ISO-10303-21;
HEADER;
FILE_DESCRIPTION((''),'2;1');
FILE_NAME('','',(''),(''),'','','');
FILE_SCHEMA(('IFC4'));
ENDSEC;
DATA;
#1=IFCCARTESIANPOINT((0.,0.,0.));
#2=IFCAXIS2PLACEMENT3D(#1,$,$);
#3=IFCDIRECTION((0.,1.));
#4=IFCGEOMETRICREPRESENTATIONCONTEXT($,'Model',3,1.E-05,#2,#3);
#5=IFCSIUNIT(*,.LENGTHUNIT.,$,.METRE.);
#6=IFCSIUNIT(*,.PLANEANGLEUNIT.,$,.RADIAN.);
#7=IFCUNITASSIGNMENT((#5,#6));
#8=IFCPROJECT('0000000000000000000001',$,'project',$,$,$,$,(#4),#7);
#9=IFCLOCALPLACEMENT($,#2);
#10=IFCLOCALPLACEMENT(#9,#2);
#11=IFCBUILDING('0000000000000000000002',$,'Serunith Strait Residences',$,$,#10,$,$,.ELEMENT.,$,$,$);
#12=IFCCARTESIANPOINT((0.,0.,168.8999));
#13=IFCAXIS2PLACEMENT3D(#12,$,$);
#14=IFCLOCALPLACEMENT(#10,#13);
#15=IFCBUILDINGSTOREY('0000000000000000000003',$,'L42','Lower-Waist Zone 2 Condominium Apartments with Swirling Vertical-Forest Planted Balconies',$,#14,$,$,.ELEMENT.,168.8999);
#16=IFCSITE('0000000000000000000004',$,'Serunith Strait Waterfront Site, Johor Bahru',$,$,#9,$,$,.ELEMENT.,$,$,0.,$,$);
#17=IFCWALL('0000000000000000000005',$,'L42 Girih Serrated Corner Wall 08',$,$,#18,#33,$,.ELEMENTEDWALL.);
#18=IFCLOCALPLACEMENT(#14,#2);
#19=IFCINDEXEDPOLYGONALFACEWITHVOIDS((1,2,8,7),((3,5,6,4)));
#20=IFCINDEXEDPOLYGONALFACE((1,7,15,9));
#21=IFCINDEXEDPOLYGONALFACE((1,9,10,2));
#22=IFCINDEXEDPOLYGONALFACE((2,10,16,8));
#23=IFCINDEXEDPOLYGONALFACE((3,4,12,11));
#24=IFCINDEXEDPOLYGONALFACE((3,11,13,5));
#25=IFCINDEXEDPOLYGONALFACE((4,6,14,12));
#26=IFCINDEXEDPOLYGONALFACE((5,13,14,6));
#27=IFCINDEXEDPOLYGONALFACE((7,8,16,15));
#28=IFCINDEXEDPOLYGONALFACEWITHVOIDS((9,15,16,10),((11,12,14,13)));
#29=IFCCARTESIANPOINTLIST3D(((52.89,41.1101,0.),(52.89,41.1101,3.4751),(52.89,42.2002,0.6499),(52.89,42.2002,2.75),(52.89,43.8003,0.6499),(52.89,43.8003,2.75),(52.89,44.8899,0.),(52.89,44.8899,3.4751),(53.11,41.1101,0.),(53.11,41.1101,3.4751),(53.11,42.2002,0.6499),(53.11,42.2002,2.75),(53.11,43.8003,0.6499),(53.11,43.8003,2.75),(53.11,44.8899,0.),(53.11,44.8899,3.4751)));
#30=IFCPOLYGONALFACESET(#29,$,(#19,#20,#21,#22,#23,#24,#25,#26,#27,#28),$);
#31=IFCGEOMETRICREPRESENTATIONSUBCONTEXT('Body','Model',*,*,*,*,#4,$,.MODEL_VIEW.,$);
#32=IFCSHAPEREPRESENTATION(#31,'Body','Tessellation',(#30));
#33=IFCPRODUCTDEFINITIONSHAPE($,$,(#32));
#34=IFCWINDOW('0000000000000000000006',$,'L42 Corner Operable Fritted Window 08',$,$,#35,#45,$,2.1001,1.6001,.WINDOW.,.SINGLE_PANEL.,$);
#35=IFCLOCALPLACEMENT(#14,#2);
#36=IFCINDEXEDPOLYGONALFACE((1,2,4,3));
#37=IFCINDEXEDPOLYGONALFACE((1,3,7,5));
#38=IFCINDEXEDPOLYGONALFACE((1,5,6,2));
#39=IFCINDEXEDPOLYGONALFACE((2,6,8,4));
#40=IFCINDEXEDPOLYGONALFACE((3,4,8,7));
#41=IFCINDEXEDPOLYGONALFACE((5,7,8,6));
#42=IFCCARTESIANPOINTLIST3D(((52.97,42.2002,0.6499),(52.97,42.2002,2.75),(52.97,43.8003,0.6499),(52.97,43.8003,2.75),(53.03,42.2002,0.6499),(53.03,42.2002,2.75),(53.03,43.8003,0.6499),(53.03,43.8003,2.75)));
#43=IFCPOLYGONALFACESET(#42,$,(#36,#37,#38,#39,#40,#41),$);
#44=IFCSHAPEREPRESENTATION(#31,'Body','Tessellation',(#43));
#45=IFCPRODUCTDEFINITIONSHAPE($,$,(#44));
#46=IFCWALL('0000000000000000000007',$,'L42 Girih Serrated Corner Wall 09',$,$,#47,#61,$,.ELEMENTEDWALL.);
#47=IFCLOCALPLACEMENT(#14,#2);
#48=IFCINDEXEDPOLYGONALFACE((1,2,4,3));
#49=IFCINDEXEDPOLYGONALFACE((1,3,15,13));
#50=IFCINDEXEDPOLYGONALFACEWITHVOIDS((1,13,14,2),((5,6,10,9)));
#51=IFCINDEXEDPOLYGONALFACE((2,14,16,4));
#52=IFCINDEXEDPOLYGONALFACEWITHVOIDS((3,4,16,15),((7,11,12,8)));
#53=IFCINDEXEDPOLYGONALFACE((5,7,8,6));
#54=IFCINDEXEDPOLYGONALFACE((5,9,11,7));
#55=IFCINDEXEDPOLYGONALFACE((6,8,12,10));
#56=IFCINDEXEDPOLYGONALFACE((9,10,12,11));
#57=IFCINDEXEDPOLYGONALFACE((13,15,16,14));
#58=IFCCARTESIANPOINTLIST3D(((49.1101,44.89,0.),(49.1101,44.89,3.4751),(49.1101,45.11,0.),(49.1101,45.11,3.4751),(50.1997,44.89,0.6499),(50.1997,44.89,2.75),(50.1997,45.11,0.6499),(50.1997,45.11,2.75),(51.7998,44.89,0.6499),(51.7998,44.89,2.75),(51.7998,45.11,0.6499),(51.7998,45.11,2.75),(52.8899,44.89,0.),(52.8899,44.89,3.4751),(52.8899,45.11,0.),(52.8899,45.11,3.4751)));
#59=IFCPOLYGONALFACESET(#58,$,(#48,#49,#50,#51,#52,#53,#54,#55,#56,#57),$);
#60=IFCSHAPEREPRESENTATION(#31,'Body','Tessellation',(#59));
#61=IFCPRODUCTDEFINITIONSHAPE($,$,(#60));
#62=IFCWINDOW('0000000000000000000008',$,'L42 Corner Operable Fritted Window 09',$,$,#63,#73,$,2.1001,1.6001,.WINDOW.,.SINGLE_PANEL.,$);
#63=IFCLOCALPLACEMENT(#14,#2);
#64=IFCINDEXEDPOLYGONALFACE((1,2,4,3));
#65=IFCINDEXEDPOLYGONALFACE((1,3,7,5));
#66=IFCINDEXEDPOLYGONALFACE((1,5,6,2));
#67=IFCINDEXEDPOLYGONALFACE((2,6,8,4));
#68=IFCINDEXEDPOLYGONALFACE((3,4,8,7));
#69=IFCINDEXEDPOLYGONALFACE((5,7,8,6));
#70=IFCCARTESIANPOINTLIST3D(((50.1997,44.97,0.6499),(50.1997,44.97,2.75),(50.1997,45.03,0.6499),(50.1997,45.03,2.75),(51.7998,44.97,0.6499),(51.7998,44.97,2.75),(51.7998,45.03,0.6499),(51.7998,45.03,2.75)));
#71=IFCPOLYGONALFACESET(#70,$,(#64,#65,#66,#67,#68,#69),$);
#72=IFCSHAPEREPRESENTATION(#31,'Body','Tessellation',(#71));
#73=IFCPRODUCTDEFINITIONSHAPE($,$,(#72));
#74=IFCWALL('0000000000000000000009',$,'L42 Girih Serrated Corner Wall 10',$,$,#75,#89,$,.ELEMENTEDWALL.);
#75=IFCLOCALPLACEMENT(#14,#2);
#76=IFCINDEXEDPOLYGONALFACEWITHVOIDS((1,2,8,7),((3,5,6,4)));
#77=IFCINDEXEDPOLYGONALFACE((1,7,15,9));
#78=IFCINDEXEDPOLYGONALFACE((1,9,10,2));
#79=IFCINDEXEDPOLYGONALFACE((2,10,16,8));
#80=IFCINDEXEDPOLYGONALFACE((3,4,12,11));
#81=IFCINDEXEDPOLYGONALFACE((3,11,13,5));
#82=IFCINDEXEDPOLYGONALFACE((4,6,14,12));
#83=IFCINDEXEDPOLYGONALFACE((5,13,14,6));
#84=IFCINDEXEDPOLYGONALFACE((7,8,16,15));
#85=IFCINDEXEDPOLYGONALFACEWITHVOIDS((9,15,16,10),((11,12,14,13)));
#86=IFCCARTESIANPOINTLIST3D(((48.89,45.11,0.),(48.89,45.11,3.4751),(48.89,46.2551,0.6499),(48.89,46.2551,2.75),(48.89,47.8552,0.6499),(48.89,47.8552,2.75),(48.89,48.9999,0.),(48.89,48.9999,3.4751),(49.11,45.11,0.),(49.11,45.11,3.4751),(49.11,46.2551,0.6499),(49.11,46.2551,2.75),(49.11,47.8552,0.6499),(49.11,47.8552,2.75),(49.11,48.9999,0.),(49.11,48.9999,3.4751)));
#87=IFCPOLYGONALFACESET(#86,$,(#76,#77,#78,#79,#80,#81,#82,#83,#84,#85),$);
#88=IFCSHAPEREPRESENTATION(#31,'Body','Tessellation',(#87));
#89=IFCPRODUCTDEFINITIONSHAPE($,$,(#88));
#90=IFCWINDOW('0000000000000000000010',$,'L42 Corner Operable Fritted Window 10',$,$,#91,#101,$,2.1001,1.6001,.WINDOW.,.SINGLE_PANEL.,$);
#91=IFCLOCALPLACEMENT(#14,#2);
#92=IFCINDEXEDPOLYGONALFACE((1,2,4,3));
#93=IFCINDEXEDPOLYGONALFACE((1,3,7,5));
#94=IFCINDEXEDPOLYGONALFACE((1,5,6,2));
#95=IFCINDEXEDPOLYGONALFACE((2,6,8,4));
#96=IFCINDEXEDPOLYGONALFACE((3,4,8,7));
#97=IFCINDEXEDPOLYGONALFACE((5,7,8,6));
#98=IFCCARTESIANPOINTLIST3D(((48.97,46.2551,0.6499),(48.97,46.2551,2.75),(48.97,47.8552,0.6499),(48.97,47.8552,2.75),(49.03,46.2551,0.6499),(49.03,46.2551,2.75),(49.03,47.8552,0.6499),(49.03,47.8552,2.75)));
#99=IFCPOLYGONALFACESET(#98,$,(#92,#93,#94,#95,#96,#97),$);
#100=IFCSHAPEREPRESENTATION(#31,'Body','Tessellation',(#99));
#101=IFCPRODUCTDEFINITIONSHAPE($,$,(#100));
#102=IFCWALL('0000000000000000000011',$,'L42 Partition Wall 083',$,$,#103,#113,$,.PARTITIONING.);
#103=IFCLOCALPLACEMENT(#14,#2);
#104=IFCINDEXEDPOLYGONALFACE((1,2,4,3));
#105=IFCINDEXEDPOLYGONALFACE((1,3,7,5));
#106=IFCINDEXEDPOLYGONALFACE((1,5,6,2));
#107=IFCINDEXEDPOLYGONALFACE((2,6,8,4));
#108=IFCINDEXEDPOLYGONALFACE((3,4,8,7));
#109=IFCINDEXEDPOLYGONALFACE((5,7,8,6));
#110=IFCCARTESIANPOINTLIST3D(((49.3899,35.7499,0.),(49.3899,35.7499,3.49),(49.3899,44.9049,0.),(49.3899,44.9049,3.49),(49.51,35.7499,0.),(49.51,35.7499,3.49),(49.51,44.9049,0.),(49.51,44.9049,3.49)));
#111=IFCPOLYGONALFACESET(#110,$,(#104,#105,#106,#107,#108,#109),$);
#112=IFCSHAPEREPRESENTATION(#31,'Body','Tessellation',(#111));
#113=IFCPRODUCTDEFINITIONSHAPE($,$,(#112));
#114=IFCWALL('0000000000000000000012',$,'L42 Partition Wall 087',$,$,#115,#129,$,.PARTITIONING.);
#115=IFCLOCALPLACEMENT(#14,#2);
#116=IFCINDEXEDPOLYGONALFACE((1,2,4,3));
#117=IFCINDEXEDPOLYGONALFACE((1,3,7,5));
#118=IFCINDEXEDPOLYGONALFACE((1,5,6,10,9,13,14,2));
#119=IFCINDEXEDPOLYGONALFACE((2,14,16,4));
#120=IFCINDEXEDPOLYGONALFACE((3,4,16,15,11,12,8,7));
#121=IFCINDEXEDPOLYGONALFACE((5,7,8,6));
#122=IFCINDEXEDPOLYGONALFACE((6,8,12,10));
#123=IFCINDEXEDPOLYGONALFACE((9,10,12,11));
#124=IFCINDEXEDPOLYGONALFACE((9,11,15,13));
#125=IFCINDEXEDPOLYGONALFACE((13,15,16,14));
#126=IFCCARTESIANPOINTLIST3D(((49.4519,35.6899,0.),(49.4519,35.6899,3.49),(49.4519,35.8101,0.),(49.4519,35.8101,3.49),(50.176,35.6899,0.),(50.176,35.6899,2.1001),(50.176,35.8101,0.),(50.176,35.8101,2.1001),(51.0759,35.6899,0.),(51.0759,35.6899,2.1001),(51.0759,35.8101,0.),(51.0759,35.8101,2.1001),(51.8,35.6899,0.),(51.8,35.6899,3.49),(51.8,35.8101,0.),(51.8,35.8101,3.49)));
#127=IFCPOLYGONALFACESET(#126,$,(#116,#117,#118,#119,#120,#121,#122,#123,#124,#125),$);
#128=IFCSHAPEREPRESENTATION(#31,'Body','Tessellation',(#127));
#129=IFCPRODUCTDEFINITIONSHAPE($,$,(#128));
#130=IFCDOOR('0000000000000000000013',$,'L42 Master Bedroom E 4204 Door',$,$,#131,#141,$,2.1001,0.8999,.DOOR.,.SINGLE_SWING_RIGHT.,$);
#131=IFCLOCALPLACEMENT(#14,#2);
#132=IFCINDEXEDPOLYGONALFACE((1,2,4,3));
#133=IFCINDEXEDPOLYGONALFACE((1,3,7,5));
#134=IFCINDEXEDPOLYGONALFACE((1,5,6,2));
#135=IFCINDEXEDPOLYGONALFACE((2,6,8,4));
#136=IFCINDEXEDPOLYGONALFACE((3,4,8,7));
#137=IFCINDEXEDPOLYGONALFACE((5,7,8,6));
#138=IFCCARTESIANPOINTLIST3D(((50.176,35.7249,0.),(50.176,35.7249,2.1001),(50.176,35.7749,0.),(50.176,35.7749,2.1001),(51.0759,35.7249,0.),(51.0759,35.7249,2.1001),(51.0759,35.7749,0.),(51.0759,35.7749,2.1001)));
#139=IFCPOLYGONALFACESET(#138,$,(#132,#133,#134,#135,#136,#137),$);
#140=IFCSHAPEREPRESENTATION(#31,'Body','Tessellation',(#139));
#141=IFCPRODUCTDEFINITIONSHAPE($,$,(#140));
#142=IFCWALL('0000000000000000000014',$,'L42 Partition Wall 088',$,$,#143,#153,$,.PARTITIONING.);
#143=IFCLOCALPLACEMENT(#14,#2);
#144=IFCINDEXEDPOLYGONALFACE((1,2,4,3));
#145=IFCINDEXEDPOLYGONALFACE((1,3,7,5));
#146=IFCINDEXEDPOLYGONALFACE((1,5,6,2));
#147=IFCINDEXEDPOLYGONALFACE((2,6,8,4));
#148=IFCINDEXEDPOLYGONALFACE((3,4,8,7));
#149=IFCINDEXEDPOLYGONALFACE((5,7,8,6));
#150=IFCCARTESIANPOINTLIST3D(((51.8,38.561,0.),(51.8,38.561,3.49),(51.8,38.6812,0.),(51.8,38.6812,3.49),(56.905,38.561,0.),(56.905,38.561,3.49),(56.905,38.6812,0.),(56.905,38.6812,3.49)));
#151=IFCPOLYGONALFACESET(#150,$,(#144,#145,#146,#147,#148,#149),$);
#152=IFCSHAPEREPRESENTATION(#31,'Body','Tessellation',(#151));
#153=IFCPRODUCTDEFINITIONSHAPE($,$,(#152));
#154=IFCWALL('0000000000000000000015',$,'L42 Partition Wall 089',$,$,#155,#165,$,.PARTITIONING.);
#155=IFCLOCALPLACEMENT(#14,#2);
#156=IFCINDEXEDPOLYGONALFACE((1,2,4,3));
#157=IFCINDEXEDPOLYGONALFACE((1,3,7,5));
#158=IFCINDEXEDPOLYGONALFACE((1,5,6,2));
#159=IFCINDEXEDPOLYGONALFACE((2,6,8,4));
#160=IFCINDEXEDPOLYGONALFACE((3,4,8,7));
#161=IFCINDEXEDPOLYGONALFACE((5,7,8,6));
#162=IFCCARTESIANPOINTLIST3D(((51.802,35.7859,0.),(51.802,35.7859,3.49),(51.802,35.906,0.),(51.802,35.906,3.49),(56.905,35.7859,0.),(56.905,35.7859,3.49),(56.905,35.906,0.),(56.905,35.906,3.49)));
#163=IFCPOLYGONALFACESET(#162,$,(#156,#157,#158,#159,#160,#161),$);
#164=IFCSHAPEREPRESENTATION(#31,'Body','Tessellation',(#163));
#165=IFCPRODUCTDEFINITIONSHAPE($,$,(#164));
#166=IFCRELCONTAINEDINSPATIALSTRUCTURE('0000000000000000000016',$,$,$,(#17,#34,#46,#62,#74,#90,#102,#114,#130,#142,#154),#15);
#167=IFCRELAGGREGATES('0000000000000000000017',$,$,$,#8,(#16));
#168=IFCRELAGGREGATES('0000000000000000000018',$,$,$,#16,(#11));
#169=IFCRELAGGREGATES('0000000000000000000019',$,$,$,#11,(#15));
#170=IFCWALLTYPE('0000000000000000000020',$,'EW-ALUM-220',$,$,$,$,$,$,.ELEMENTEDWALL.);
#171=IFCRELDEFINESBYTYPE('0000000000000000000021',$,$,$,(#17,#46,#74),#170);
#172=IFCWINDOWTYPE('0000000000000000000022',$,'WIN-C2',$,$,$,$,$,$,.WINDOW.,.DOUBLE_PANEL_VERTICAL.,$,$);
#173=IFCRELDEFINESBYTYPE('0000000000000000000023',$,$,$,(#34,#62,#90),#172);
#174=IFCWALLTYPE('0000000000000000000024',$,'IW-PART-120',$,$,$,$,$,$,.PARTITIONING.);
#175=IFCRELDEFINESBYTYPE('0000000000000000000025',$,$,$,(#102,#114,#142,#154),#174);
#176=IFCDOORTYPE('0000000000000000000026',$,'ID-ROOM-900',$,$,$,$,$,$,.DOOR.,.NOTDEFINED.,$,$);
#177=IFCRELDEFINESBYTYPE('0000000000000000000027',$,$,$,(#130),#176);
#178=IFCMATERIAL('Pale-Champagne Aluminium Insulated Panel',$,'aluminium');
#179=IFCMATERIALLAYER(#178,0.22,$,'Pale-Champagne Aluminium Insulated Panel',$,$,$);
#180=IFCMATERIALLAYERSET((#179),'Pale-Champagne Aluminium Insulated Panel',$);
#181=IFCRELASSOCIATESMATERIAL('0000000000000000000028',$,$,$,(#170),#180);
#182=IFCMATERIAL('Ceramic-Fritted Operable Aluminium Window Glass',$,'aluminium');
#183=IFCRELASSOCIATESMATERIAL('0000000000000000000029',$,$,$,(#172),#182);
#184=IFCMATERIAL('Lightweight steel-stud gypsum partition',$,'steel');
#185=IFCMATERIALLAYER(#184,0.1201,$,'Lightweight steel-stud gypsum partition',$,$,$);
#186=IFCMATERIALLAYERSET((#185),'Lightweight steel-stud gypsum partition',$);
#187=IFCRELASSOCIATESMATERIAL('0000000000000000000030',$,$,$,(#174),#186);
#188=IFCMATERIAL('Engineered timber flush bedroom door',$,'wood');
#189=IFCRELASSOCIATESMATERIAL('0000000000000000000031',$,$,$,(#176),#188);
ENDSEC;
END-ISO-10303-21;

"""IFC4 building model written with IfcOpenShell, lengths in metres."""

from ifc_helpers import new_model, si_unit, direction, frame, frame_2d, origin, place, context, subcontext, project, spatial, rectangle, extrude, source, transform, mapped, material, layer, layer_set, type_object, element, fill, save


model = new_model("IFC4")

# Units and contexts
model_context = context("Model", 3, precision=1e-05, world=origin(), true_north=direction((0.0, 1.0)))
body_context = subcontext(model_context, "Body", "Model", "MODEL_VIEW")
ifc_project = project(units=[si_unit("LENGTHUNIT", "METRE"), si_unit("PLANEANGLEUNIT", "RADIAN")], contexts=[model_context])

# Site, building, storey
site_placement = place(None, origin())
site = spatial("IfcSite", under=ifc_project, at=site_placement, Name="Serunith Strait Waterfront Site, Johor Bahru", CompositionType="ELEMENT", RefElevation=0.0)
building_placement = place(site_placement, origin())
building = spatial("IfcBuilding", under=site, at=building_placement, Name="Serunith Strait Residences", CompositionType="ELEMENT")
storey_placement = place(building_placement, frame((0.0, 0.0, 168.8999)))
storey = spatial("IfcBuildingStorey", under=building, at=storey_placement, Name="L42", Description="Lower-Waist Zone 2 Condominium Apartments with Swirling Vertical-Forest Planted Balconies", CompositionType="ELEMENT", Elevation=168.8999)

# Walls, openings, windows
ifc_material_1 = material(Name="Pale-Champagne Aluminium Insulated Panel", Category="aluminium")
ifc_layer_1 = layer(ifc_material_1, 0.22, Name="Pale-Champagne Aluminium Insulated Panel")
ifc_layer_set_1 = layer_set([ifc_layer_1], Name="Pale-Champagne Aluminium Insulated Panel")
wall_type_1 = type_object("IfcWallType", Name="EW-ALUM-220", PredefinedType="ELEMENTEDWALL", material=ifc_layer_set_1)
ifc_material_2 = material(Name="Ceramic-Fritted Operable Aluminium Window Glass", Category="aluminium")
window_type = type_object("IfcWindowType", Name="WIN-C2", PartitioningType="DOUBLE_PANEL_VERTICAL", PredefinedType="WINDOW", material=ifc_material_2)
shared_shape_1 = source(origin(), body_context, "Body", "SweptSolid", [
    extrude(rectangle(XDim=1.6001, YDim=2.1001, at=frame_2d((0.8, 1.05))), frame((0.0, 0.03, 0.0), z_axis=(0.0, -1.0, 0.0), x_axis=(1.0, 0.0, 0.0)), (0.0, 0.0, 1.0), 0.0601),
])
wall_1_placement = place(storey_placement, frame((53.0, 41.1101, 0.0), z_axis=(0.0, 0.0, 1.0), x_axis=(0.0, 1.0, 0.0)))
wall_1 = element("IfcWall", 1, at=wall_1_placement, inside=storey, type_object=wall_type_1, Name="L42 Girih Serrated Corner Wall 08", PredefinedType="ELEMENTEDWALL", context=body_context, shape_type="SweptSolid", body=[
    extrude(rectangle(XDim=3.7798, YDim=0.22, at=frame_2d((1.8899, 0.0))), origin(), (0.0, 0.0, 1.0), 3.4751),
])
opening_1_placement = place(wall_1_placement, frame((1.0901, 0.0, 0.6499)))
opening_1 = element("IfcOpeningElement", 2, at=opening_1_placement, cuts=wall_1, PredefinedType="OPENING", context=body_context, shape_type="SweptSolid", body=[
    extrude(rectangle(XDim=1.6001, YDim=2.1001, at=frame_2d((0.8, 1.05))), frame((0.0, 0.1201, 0.0), z_axis=(0.0, -1.0, 0.0), x_axis=(1.0, 0.0, 0.0)), (0.0, 0.0, 1.0), 0.24),
])
window_1_placement = place(opening_1_placement, origin())
window_1 = element("IfcWindow", 3, at=window_1_placement, inside=storey, type_object=window_type, Name="L42 Corner Operable Fritted Window 08", OverallHeight=2.1001, OverallWidth=1.6001, PartitioningType="SINGLE_PANEL", PredefinedType="WINDOW", context=body_context, shape_type="MappedRepresentation", body=[
    mapped(shared_shape_1, transform((0.0, 0.0, 0.0), scale=1.0)),
])
fill(opening_1, window_1)
wall_2_placement = place(storey_placement, frame((52.8899, 45.0, 0.0), z_axis=(0.0, 0.0, 1.0), x_axis=(-1.0, 0.0, 0.0)))
wall_2 = element("IfcWall", 4, at=wall_2_placement, inside=storey, type_object=wall_type_1, Name="L42 Girih Serrated Corner Wall 09", PredefinedType="ELEMENTEDWALL", context=body_context, shape_type="SweptSolid", body=[
    extrude(rectangle(XDim=3.7798, YDim=0.22, at=frame_2d((1.8899, 0.0))), origin(), (0.0, 0.0, 1.0), 3.4751),
])
opening_2_placement = place(wall_2_placement, frame((1.0901, 0.0, 0.6499)))
opening_2 = element("IfcOpeningElement", 5, at=opening_2_placement, cuts=wall_2, PredefinedType="OPENING", context=body_context, shape_type="SweptSolid", body=[
    extrude(rectangle(XDim=1.6001, YDim=2.1001, at=frame_2d((0.8, 1.05))), frame((0.0, 0.1201, 0.0), z_axis=(0.0, -1.0, 0.0), x_axis=(1.0, 0.0, 0.0)), (0.0, 0.0, 1.0), 0.24),
])
window_2_placement = place(opening_2_placement, origin())
window_2 = element("IfcWindow", 6, at=window_2_placement, inside=storey, type_object=window_type, Name="L42 Corner Operable Fritted Window 09", OverallHeight=2.1001, OverallWidth=1.6001, PartitioningType="SINGLE_PANEL", PredefinedType="WINDOW", context=body_context, shape_type="MappedRepresentation", body=[
    mapped(shared_shape_1, transform((0.0, 0.0, 0.0), scale=1.0)),
])
fill(opening_2, window_2)
wall_3_placement = place(storey_placement, frame((49.0, 45.1101, 0.0), z_axis=(0.0, 0.0, 1.0), x_axis=(0.0, 1.0, 0.0)))
wall_3 = element("IfcWall", 7, at=wall_3_placement, inside=storey, type_object=wall_type_1, Name="L42 Girih Serrated Corner Wall 10", PredefinedType="ELEMENTEDWALL", context=body_context, shape_type="SweptSolid", body=[
    extrude(rectangle(XDim=3.8899, YDim=0.22, at=frame_2d((1.9448, 0.0))), origin(), (0.0, 0.0, 1.0), 3.4751),
])
opening_3_placement = place(wall_3_placement, frame((1.145, 0.0, 0.6499)))
opening_3 = element("IfcOpeningElement", 8, at=opening_3_placement, cuts=wall_3, PredefinedType="OPENING", context=body_context, shape_type="SweptSolid", body=[
    extrude(rectangle(XDim=1.6001, YDim=2.1001, at=frame_2d((0.8, 1.05))), frame((0.0, 0.1201, 0.0), z_axis=(0.0, -1.0, 0.0), x_axis=(1.0, 0.0, 0.0)), (0.0, 0.0, 1.0), 0.24),
])
window_3_placement = place(opening_3_placement, origin())
window_3 = element("IfcWindow", 9, at=window_3_placement, inside=storey, type_object=window_type, Name="L42 Corner Operable Fritted Window 10", OverallHeight=2.1001, OverallWidth=1.6001, PartitioningType="SINGLE_PANEL", PredefinedType="WINDOW", context=body_context, shape_type="MappedRepresentation", body=[
    mapped(shared_shape_1, transform((0.0, 0.0, 0.0), scale=1.0)),
])
fill(opening_3, window_3)

# Wall
ifc_material_3 = material(Name="Lightweight steel-stud gypsum partition", Category="steel")
ifc_layer_2 = layer(ifc_material_3, 0.1201, Name="Lightweight steel-stud gypsum partition")
ifc_layer_set_2 = layer_set([ifc_layer_2], Name="Lightweight steel-stud gypsum partition")
wall_type_2 = type_object("IfcWallType", Name="IW-PART-120", PredefinedType="PARTITIONING", material=ifc_layer_set_2)
wall_4_placement = place(storey_placement, frame((49.45, 44.905, 0.0), z_axis=(0.0, 0.0, 1.0), x_axis=(0.0, -1.0, 0.0)))
element("IfcWall", 10, at=wall_4_placement, inside=storey, type_object=wall_type_2, Name="L42 Partition Wall 083", PredefinedType="PARTITIONING", context=body_context, shape_type="SweptSolid", body=[
    extrude(rectangle(XDim=9.155, YDim=0.1201, at=frame_2d((4.5776, 0.0))), origin(), (0.0, 0.0, 1.0), 3.49),
])

# Wall, opening, door
wall_5_placement = place(storey_placement, frame((49.4519, 35.75, 0.0), z_axis=(0.0, 0.0, 1.0), x_axis=(1.0, 0.0, 0.0)))
wall_5 = element("IfcWall", 11, at=wall_5_placement, inside=storey, type_object=wall_type_2, Name="L42 Partition Wall 087", PredefinedType="PARTITIONING", context=body_context, shape_type="SweptSolid", body=[
    extrude(rectangle(XDim=2.3481, YDim=0.1201, at=frame_2d((1.1741, 0.0))), origin(), (0.0, 0.0, 1.0), 3.49),
])
opening_4_placement = place(wall_5_placement, frame((0.7241, 0.0, 0.0)))
opening_4 = element("IfcOpeningElement", 12, at=opening_4_placement, cuts=wall_5, PredefinedType="OPENING", context=body_context, shape_type="SweptSolid", body=[
    extrude(rectangle(XDim=0.8999, YDim=2.1001, at=frame_2d((0.45, 1.05))), frame((0.0, 0.0701, 0.0), z_axis=(0.0, -1.0, 0.0), x_axis=(1.0, 0.0, 0.0)), (0.0, 0.0, 1.0), 0.1401),
])
ifc_material_4 = material(Name="Engineered timber flush bedroom door", Category="wood")
door_type_1 = type_object("IfcDoorType", Name="ID-ROOM-900", OperationType="NOTDEFINED", PredefinedType="DOOR", material=ifc_material_4)
shared_shape_2 = source(origin(), body_context, "Body", "SweptSolid", [
    extrude(rectangle(XDim=0.8999, YDim=2.1001, at=frame_2d((0.45, 1.05))), frame((0.0, 0.0249, 0.0), z_axis=(0.0, -1.0, 0.0), x_axis=(1.0, 0.0, 0.0)), (0.0, 0.0, 1.0), 0.05),
])
door_1_placement = place(opening_4_placement, origin())
door_1 = element("IfcDoor", 13, at=door_1_placement, inside=storey, type_object=door_type_1, Name="L42 Master Bedroom E 4204 Door", OperationType="SINGLE_SWING_RIGHT", OverallHeight=2.1001, OverallWidth=0.8999, PredefinedType="DOOR", context=body_context, shape_type="MappedRepresentation", body=[
    mapped(shared_shape_2, transform((0.0, 0.0, 0.0), scale=1.0)),
])
fill(opening_4, door_1)

# Walls
wall_6_placement = place(storey_placement, frame((51.8, 38.6211, 0.0), z_axis=(0.0, 0.0, 1.0), x_axis=(1.0, 0.0, 0.0)))
element("IfcWall", 14, at=wall_6_placement, inside=storey, type_object=wall_type_2, Name="L42 Partition Wall 088", PredefinedType="PARTITIONING", context=body_context, shape_type="SweptSolid", body=[
    extrude(rectangle(XDim=5.105, YDim=0.1201, at=frame_2d((2.5525, 0.0))), origin(), (0.0, 0.0, 1.0), 3.49),
])
wall_7_placement = place(storey_placement, frame((51.802, 35.8459, 0.0), z_axis=(0.0, 0.0, 1.0), x_axis=(1.0, 0.0, 0.0)))
element("IfcWall", 15, at=wall_7_placement, inside=storey, type_object=wall_type_2, Name="L42 Partition Wall 089", PredefinedType="PARTITIONING", context=body_context, shape_type="SweptSolid", body=[
    extrude(rectangle(XDim=5.103, YDim=0.1201, at=frame_2d((2.5515, 0.0))), origin(), (0.0, 0.0, 1.0), 3.49),
])

save(model, "model.ifc")
